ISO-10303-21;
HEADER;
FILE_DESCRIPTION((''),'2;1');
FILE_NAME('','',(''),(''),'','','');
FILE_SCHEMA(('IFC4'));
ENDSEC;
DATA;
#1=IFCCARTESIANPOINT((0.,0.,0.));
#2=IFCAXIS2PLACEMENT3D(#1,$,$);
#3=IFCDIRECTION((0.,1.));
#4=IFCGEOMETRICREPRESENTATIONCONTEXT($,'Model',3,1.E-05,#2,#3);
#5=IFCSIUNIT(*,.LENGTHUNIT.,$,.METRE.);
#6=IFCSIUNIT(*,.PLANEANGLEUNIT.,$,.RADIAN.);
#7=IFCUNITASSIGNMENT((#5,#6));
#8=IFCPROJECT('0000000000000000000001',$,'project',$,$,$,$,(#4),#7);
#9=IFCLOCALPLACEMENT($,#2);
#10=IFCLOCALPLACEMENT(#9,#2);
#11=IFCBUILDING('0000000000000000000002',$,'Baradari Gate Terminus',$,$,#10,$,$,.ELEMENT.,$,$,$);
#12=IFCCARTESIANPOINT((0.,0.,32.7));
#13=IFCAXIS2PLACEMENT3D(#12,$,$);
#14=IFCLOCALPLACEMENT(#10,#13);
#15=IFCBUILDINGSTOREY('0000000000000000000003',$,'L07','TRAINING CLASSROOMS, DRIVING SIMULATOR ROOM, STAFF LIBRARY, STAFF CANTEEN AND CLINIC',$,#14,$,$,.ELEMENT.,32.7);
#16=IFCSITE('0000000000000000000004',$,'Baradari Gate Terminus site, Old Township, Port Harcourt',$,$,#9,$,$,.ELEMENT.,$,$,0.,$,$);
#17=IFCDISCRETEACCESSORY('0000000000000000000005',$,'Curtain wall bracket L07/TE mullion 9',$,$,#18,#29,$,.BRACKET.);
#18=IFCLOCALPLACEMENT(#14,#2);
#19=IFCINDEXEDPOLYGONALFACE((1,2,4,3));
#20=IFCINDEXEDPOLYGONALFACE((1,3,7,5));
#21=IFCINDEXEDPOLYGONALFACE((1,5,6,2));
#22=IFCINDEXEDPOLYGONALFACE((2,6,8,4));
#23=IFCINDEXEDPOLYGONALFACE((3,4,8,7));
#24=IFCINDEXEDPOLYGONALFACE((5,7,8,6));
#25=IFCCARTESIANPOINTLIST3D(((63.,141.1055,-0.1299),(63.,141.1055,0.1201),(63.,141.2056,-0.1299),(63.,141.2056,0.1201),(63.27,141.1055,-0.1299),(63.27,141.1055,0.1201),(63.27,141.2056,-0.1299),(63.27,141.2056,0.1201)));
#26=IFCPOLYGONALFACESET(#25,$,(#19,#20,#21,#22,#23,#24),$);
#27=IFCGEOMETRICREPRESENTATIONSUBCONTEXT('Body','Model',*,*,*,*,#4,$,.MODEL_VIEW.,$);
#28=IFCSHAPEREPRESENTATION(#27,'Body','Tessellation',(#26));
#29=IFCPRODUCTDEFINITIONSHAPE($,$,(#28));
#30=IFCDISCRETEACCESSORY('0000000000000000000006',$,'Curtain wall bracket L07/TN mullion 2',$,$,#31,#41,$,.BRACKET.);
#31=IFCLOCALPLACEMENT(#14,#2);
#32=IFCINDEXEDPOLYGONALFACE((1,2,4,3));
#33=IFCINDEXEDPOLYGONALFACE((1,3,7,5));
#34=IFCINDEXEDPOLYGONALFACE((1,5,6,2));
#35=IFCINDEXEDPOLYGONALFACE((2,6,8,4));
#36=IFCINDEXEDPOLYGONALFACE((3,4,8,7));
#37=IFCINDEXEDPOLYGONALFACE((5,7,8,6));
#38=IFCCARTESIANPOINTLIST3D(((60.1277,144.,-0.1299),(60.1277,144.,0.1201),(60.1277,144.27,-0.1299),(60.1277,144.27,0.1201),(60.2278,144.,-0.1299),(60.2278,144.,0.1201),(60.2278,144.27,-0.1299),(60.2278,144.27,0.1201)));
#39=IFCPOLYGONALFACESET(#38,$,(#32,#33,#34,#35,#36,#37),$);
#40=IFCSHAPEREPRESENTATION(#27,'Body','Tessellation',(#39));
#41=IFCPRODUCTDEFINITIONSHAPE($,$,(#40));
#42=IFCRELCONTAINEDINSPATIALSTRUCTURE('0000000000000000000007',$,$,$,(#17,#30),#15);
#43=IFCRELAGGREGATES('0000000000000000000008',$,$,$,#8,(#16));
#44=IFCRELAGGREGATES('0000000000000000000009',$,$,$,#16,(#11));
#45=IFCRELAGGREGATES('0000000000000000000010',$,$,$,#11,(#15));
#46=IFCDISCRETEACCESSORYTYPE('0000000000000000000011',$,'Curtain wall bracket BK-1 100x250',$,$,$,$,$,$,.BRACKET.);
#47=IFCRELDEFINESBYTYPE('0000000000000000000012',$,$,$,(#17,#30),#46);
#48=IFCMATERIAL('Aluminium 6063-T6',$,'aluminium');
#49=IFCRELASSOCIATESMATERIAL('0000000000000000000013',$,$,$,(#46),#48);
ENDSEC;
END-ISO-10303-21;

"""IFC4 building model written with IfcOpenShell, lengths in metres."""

from ifc_helpers import new_model, si_unit, direction, frame, origin, origin_2d, place, context, subcontext, project, spatial, rectangle, extrude, material, type_object, element, save


model = new_model("IFC4")

# Units and contexts
model_context = context("Model", 3, precision=1e-05, world=origin(), true_north=direction((0.0, 1.0)))
body_context = subcontext(model_context, "Body", "Model", "MODEL_VIEW")
ifc_project = project(units=[si_unit("LENGTHUNIT", "METRE"), si_unit("PLANEANGLEUNIT", "RADIAN")], contexts=[model_context])

# Site, building, storey
site_placement = place(None, origin())
site = spatial("IfcSite", under=ifc_project, at=site_placement, Name="Baradari Gate Terminus site, Old Township, Port Harcourt", CompositionType="ELEMENT", RefElevation=0.0)
building_placement = place(site_placement, origin())
building = spatial("IfcBuilding", under=site, at=building_placement, Name="Baradari Gate Terminus", CompositionType="ELEMENT")
storey_placement = place(building_placement, frame((0.0, 0.0, 32.7)))
storey = spatial("IfcBuildingStorey", under=building, at=storey_placement, Name="L07", Description="TRAINING CLASSROOMS, DRIVING SIMULATOR ROOM, STAFF LIBRARY, STAFF CANTEEN AND CLINIC", CompositionType="ELEMENT", Elevation=32.7)

# Discrete accessories
ifc_material_1 = material(Name="Aluminium 6063-T6", Category="aluminium")
discrete_accessory_type = type_object("IfcDiscreteAccessoryType", Name="Curtain wall bracket BK-1 100x250", PredefinedType="BRACKET", material=ifc_material_1)
for number, where, z_axis, x_axis, name in (
    (1, (63.135, 141.1555, -0.1299), (0.0, 0.0, 1.0), (1.0, 0.0, 0.0), "Curtain wall bracket L07/TE mullion 9"),
    (2, (60.1777, 144.135, -0.1299), (0.0, 0.0, 1.0), (0.0, 1.0, 0.0), "Curtain wall bracket L07/TN mullion 2"),
):
    element("IfcDiscreteAccessory", number, at=place(storey_placement, frame(where, z_axis=z_axis, x_axis=x_axis)), inside=storey, type_object=discrete_accessory_type, Name=name, PredefinedType="BRACKET", context=body_context, shape_type="SweptSolid", body=[
        extrude(rectangle(XDim=0.27, YDim=0.1001, at=origin_2d()), origin(), (0.0, 0.0, 1.0), 0.25),
    ])

save(model, "model.ifc")
